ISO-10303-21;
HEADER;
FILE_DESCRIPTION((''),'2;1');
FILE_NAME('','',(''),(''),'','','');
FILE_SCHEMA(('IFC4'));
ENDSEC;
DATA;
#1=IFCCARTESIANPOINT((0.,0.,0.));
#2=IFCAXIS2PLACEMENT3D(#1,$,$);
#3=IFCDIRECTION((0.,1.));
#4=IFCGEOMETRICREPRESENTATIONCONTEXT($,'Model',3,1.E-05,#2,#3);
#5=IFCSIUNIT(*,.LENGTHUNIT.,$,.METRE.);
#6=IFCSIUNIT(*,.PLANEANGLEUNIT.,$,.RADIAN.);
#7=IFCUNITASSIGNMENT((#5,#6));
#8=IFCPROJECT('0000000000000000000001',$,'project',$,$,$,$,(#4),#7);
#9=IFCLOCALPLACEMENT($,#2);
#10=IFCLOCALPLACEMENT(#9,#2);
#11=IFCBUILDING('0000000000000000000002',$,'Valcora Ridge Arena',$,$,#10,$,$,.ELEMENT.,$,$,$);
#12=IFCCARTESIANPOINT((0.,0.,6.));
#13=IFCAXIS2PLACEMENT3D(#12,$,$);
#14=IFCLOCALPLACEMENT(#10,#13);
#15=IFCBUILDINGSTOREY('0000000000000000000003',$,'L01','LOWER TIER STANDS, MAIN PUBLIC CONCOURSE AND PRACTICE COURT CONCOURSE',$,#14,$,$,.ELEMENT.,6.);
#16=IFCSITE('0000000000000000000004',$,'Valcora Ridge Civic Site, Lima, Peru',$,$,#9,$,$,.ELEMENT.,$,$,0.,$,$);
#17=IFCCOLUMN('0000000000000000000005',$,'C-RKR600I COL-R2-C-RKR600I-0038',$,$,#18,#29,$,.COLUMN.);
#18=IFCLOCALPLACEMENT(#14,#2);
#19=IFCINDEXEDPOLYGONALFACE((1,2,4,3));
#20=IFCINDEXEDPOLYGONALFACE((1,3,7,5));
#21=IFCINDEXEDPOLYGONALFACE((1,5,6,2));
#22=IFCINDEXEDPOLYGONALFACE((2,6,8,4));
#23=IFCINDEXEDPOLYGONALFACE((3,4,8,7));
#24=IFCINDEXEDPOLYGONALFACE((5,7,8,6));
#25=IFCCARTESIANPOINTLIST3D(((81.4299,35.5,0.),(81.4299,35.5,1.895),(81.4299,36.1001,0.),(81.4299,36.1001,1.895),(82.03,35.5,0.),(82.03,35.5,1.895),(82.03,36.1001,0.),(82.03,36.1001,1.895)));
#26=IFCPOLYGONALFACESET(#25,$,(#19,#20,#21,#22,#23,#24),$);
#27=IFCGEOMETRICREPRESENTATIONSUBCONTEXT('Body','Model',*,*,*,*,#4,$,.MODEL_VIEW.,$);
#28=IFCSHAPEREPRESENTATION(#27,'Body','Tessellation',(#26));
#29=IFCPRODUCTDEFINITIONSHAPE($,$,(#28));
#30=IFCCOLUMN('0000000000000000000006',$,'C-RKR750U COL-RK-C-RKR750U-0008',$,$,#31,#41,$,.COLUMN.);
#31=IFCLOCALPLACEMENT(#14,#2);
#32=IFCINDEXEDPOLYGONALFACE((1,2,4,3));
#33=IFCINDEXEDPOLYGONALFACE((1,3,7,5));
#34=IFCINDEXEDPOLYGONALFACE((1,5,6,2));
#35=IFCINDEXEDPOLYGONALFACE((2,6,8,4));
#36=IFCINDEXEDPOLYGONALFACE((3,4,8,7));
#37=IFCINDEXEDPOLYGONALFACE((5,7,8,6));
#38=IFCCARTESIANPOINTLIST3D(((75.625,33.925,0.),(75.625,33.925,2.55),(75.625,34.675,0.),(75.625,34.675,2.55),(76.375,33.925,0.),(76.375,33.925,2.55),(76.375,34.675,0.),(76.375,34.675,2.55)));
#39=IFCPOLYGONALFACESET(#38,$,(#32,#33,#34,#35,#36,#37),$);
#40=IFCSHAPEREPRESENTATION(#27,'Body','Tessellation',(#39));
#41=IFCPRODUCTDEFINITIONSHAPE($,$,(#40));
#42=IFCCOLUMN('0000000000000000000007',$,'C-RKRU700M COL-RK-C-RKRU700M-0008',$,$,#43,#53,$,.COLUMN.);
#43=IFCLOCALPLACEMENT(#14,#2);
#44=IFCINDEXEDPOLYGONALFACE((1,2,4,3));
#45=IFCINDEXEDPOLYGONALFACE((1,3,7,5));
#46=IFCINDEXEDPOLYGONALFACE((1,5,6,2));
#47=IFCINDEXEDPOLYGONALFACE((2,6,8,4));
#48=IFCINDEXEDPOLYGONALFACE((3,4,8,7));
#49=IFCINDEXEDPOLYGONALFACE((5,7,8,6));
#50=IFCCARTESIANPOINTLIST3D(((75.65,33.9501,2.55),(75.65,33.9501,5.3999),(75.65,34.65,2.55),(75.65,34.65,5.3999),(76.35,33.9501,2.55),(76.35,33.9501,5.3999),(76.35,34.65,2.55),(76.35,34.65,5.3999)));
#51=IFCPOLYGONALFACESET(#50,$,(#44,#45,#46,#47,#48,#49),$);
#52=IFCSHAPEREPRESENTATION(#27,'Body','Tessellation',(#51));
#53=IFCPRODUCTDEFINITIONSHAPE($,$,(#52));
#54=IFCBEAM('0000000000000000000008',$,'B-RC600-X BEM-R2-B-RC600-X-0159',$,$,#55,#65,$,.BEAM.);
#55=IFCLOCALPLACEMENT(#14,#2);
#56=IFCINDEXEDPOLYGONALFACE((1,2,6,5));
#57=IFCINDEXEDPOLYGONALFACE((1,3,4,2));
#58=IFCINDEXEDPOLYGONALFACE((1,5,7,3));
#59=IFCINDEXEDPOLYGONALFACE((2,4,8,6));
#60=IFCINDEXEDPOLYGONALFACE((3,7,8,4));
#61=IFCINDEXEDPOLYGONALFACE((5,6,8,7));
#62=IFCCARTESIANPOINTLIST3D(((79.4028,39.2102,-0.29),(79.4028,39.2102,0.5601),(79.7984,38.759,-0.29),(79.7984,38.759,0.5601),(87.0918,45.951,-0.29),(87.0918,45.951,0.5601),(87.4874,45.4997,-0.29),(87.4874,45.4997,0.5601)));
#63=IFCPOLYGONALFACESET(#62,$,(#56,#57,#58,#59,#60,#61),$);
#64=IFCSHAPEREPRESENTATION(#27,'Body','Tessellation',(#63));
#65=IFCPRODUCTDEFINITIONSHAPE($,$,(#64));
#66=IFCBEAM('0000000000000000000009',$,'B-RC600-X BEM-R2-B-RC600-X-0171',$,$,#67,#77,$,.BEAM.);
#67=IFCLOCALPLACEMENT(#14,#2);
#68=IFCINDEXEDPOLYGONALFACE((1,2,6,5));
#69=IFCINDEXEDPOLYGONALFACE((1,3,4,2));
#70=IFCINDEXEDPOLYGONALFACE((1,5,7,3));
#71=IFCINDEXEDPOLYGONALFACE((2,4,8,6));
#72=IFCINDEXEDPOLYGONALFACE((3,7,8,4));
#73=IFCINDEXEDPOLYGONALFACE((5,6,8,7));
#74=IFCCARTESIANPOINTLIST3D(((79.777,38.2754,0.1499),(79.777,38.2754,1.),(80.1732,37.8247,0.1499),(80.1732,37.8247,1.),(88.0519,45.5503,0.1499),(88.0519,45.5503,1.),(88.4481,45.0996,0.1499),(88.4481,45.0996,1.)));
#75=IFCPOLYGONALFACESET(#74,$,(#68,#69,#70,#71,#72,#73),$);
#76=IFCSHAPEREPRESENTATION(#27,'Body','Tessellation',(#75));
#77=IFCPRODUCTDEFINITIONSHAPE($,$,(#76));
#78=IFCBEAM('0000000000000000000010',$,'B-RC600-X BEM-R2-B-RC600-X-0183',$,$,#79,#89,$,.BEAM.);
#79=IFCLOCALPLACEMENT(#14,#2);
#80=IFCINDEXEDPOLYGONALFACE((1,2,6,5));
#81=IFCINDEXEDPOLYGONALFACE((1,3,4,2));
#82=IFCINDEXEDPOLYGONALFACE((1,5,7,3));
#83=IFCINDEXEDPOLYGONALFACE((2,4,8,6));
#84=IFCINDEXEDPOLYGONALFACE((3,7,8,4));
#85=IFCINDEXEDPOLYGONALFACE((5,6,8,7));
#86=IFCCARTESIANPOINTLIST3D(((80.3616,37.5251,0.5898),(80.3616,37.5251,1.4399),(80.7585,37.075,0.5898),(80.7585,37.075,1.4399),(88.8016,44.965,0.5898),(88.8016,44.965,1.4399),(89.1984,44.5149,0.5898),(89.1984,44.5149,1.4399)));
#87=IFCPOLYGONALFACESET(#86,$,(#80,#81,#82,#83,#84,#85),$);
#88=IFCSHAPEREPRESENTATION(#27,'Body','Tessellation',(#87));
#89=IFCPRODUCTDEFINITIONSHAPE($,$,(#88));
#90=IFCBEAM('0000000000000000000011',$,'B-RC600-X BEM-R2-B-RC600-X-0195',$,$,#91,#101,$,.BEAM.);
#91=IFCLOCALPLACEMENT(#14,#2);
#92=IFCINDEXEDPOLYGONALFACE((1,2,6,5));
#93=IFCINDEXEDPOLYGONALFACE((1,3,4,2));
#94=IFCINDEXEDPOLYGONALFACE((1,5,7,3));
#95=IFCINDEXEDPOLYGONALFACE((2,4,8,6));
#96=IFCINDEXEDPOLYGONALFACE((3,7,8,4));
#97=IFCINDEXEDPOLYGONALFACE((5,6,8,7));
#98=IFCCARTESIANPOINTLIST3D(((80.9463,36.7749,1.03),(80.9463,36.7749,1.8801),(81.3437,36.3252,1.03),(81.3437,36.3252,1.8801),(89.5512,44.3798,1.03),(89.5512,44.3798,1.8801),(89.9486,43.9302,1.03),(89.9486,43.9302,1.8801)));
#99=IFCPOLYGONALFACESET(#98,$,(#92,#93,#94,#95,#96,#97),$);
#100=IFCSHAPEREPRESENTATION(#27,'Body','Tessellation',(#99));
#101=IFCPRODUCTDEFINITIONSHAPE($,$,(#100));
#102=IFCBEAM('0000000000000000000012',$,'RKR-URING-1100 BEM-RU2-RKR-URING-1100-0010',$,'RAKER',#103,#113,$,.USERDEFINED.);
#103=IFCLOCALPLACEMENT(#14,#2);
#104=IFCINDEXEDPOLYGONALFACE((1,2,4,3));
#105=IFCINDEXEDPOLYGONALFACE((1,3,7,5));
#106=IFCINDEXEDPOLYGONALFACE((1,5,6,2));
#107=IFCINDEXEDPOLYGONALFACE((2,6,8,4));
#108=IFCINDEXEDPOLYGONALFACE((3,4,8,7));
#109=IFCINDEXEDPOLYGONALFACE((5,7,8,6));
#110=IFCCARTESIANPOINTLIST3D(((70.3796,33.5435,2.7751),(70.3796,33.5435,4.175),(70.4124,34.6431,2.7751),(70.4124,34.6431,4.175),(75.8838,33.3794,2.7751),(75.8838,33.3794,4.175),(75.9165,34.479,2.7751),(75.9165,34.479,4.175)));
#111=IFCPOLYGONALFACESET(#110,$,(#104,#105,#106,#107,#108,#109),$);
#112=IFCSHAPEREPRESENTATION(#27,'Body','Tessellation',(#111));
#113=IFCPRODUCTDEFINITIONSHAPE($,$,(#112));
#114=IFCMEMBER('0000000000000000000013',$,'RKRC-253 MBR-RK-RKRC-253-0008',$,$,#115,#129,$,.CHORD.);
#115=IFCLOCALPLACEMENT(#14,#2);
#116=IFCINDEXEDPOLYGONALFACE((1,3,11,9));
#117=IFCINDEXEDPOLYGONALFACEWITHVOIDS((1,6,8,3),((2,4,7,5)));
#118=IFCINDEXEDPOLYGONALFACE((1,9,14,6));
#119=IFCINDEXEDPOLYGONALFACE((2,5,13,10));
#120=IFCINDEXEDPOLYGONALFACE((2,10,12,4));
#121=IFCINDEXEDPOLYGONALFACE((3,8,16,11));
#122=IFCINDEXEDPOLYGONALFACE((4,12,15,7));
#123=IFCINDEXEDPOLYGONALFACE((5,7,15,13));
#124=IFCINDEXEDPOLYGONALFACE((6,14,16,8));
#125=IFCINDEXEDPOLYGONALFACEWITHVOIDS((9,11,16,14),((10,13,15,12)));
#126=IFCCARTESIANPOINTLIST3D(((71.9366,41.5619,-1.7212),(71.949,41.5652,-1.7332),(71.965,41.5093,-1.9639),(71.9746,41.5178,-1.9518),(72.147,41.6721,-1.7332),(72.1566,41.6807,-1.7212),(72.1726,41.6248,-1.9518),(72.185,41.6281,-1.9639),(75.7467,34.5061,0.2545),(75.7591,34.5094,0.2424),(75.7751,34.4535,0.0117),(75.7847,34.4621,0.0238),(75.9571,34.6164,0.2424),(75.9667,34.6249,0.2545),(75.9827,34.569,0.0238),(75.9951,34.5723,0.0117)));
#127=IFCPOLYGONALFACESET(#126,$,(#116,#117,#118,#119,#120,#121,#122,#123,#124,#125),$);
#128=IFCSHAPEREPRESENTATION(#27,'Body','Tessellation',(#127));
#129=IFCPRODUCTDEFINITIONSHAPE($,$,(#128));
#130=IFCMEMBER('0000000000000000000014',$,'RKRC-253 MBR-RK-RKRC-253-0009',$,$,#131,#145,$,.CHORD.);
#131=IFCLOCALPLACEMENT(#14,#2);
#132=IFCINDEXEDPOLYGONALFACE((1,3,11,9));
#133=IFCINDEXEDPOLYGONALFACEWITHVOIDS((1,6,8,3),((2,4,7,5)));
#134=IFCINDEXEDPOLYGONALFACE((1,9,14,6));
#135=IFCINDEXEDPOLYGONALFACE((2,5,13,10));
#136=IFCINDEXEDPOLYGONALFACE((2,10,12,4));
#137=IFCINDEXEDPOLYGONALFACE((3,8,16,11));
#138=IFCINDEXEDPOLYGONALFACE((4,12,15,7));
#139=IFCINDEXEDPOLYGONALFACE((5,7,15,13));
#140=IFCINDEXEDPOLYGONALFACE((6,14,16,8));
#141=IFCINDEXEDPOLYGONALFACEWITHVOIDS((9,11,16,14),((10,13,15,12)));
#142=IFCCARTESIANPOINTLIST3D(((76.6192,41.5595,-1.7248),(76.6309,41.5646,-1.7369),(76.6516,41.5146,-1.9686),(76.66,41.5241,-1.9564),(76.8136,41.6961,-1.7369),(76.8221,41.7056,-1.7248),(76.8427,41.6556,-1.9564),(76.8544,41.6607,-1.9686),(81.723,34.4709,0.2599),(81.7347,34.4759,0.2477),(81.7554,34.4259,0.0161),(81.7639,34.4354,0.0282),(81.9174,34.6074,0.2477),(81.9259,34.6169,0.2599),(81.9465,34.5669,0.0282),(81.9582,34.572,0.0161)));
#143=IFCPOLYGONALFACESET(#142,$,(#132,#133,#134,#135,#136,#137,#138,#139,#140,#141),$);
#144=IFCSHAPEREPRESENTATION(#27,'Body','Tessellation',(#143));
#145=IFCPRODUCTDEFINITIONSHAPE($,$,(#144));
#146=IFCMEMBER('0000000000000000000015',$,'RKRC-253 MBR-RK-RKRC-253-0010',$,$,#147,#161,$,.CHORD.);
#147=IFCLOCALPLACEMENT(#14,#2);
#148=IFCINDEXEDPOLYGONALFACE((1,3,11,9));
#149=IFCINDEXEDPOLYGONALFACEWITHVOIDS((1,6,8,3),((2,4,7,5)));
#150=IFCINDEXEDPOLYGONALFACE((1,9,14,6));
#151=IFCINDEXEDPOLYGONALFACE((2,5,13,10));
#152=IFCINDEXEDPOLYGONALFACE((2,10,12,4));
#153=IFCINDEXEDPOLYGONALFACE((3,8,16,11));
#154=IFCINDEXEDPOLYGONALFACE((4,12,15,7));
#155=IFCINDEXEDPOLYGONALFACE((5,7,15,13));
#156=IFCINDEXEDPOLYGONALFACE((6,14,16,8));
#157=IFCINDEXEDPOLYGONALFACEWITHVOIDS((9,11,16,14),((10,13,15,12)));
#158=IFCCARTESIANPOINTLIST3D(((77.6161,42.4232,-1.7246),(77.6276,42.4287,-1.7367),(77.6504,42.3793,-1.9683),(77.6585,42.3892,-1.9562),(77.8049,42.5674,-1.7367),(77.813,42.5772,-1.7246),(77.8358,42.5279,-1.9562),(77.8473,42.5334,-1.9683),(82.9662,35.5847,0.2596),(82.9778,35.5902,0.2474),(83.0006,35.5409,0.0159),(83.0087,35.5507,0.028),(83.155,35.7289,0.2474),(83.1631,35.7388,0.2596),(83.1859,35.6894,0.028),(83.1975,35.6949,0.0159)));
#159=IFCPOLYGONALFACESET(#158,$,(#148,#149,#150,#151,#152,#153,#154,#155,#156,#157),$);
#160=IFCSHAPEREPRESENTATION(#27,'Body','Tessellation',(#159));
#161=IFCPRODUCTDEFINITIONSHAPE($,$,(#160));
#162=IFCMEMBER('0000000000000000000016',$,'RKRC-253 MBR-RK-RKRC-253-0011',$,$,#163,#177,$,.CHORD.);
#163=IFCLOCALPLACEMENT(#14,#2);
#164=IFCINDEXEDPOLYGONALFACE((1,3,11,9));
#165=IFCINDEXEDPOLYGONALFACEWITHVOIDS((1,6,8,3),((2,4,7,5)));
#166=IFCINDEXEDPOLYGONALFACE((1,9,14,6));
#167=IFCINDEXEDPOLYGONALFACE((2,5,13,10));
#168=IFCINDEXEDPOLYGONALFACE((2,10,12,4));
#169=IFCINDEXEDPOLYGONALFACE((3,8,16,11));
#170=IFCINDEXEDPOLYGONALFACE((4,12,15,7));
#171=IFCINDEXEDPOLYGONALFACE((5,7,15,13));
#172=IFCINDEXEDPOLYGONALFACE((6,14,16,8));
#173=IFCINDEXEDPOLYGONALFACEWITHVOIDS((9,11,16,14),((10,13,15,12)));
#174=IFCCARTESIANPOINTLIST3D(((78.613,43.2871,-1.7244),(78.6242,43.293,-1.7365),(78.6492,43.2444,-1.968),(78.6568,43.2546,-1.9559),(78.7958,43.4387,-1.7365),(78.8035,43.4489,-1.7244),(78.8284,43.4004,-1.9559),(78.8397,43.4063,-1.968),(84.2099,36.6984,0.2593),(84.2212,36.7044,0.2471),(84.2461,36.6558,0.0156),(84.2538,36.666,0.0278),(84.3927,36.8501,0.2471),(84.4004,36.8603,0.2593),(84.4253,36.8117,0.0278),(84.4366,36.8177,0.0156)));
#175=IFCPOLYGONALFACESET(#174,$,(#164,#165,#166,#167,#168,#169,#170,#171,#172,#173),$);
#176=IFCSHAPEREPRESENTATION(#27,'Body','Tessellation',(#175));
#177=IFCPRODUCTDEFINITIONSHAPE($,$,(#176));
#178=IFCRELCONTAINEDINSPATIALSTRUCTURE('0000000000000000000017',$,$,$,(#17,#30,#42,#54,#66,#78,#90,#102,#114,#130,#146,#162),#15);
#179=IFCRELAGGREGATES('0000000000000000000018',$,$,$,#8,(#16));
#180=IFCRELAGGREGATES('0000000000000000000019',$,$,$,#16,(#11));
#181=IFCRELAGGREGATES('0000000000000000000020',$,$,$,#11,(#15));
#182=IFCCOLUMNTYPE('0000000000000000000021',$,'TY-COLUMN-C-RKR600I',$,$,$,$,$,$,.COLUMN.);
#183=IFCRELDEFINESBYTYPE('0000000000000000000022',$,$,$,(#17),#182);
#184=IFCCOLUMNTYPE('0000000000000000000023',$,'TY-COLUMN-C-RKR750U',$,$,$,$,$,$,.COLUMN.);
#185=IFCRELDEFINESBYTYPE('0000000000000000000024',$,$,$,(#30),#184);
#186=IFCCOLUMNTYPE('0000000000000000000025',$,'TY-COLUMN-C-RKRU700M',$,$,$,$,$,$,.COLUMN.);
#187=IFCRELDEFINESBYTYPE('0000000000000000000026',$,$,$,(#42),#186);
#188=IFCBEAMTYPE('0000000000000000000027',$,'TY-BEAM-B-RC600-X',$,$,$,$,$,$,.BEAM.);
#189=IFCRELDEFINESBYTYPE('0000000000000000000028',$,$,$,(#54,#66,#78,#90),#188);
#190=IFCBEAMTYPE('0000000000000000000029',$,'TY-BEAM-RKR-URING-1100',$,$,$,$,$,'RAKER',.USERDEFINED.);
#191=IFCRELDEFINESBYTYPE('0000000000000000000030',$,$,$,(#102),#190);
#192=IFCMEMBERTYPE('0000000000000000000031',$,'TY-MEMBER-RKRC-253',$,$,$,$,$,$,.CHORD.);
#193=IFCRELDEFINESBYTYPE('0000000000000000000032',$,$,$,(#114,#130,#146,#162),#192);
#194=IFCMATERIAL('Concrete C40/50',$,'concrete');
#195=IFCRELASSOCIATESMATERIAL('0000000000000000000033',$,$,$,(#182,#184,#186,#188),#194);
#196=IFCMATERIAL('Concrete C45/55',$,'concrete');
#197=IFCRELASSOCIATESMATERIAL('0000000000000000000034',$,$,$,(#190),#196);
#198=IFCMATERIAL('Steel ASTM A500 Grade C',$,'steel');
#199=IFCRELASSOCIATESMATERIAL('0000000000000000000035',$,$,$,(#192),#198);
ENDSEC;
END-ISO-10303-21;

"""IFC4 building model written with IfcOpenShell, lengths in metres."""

from ifc_helpers import new_model, si_unit, direction, frame, origin, origin_2d, place, context, subcontext, project, spatial, rectangle, hollow_rectangle, extrude, material, material_profile, profile_set, type_object, element, save


model = new_model("IFC4")

# Units and contexts
model_context = context("Model", 3, precision=1e-05, world=origin(), true_north=direction((0.0, 1.0)))
body_context = subcontext(model_context, "Body", "Model", "MODEL_VIEW")
ifc_project = project(units=[si_unit("LENGTHUNIT", "METRE"), si_unit("PLANEANGLEUNIT", "RADIAN")], contexts=[model_context])

# Site, building, storey
site_placement = place(None, origin())
site = spatial("IfcSite", under=ifc_project, at=site_placement, Name="Valcora Ridge Civic Site, Lima, Peru", CompositionType="ELEMENT", RefElevation=0.0)
building_placement = place(site_placement, origin())
building = spatial("IfcBuilding", under=site, at=building_placement, Name="Valcora Ridge Arena", CompositionType="ELEMENT")
storey_placement = place(building_placement, frame((0.0, 0.0, 6.0)))
storey = spatial("IfcBuildingStorey", under=building, at=storey_placement, Name="L01", Description="LOWER TIER STANDS, MAIN PUBLIC CONCOURSE AND PRACTICE COURT CONCOURSE", CompositionType="ELEMENT", Elevation=6.0)

# Columns
ifc_material_1 = material(Name="Concrete C40/50", Category="concrete")
ifc_material_profile_1 = material_profile(ifc_material_1, rectangle(XDim=0.6001, YDim=0.6001, at=origin_2d()), Name="RC 600x600")
ifc_profile_set_1 = profile_set([ifc_material_profile_1], Name="Concrete C40/50")
column_type_1 = type_object("IfcColumnType", Name="TY-COLUMN-C-RKR600I", PredefinedType="COLUMN", material=ifc_profile_set_1)
column_1_placement = place(storey_placement, frame((81.73, 35.8, 0.0), z_axis=(0.0, 0.0, 1.0), x_axis=(1.0, 0.0, 0.0)))
element("IfcColumn", 1, at=column_1_placement, inside=storey, type_object=column_type_1, Name="C-RKR600I COL-R2-C-RKR600I-0038", PredefinedType="COLUMN", context=body_context, shape_type="SweptSolid", body=[
    extrude(rectangle(XDim=0.6001, YDim=0.6001, at=origin_2d()), origin(), (0.0, 0.0, 1.0), 1.895),
])
ifc_material_profile_2 = material_profile(ifc_material_1, rectangle(XDim=0.75, YDim=0.75, at=origin_2d()), Name="RC 750x750")
ifc_profile_set_2 = profile_set([ifc_material_profile_2], Name="Concrete C40/50")
column_type_2 = type_object("IfcColumnType", Name="TY-COLUMN-C-RKR750U", PredefinedType="COLUMN", material=ifc_profile_set_2)
column_2_placement = place(storey_placement, frame((76.0, 34.3, 0.0), z_axis=(0.0, 0.0, 1.0), x_axis=(1.0, 0.0, 0.0)))
element("IfcColumn", 2, at=column_2_placement, inside=storey, type_object=column_type_2, Name="C-RKR750U COL-RK-C-RKR750U-0008", PredefinedType="COLUMN", context=body_context, shape_type="SweptSolid", body=[
    extrude(rectangle(XDim=0.75, YDim=0.75, at=origin_2d()), origin(), (0.0, 0.0, 1.0), 2.55),
])
ifc_material_profile_3 = material_profile(ifc_material_1, rectangle(XDim=0.7, YDim=0.7, at=origin_2d()), Name="RC 700x700")
ifc_profile_set_3 = profile_set([ifc_material_profile_3], Name="Concrete C40/50")
column_type_3 = type_object("IfcColumnType", Name="TY-COLUMN-C-RKRU700M", PredefinedType="COLUMN", material=ifc_profile_set_3)
column_3_placement = place(storey_placement, frame((76.0, 34.3, 2.55), z_axis=(0.0, 0.0, 1.0), x_axis=(1.0, 0.0, 0.0)))
element("IfcColumn", 3, at=column_3_placement, inside=storey, type_object=column_type_3, Name="C-RKRU700M COL-RK-C-RKRU700M-0008", PredefinedType="COLUMN", context=body_context, shape_type="SweptSolid", body=[
    extrude(rectangle(XDim=0.7, YDim=0.7, at=origin_2d()), origin(), (0.0, 0.0, 1.0), 2.8499),
])

# Beams
ifc_material_profile_4 = material_profile(ifc_material_1, rectangle(XDim=0.6001, YDim=0.8501, at=origin_2d()), Name="RC 600x850")
ifc_profile_set_4 = profile_set([ifc_material_profile_4], Name="Concrete C40/50")
beam_type_1 = type_object("IfcBeamType", Name="TY-BEAM-B-RC600-X", PredefinedType="BEAM", material=ifc_profile_set_4)
beam_1_placement = place(storey_placement, frame((79.6006, 38.9846, 0.135), z_axis=(0.751952, 0.659218, 0.0), x_axis=(-0.659218, 0.751952, 0.0)))
element("IfcBeam", 4, at=beam_1_placement, inside=storey, type_object=beam_type_1, Name="B-RC600-X BEM-R2-B-RC600-X-0159", PredefinedType="BEAM", context=body_context, shape_type="SweptSolid", body=[
    extrude(rectangle(XDim=0.6001, YDim=0.8501, at=origin_2d()), origin(), (0.0, 0.0, 1.0), 10.2253),
])
beam_2_placement = place(storey_placement, frame((79.9751, 38.05, 0.575), z_axis=(0.751029, 0.660269, 0.0), x_axis=(-0.660269, 0.751029, 0.0)))
element("IfcBeam", 5, at=beam_2_placement, inside=storey, type_object=beam_type_1, Name="B-RC600-X BEM-R2-B-RC600-X-0171", PredefinedType="BEAM", context=body_context, shape_type="SweptSolid", body=[
    extrude(rectangle(XDim=0.6001, YDim=0.8501, at=origin_2d()), origin(), (0.0, 0.0, 1.0), 11.0181),
])
beam_3_placement = place(storey_placement, frame((80.5601, 37.3, 1.0149), z_axis=(0.750149, 0.661268, 0.0), x_axis=(-0.661268, 0.750149, 0.0)))
element("IfcBeam", 6, at=beam_3_placement, inside=storey, type_object=beam_type_1, Name="B-RC600-X BEM-R2-B-RC600-X-0183", PredefinedType="BEAM", context=body_context, shape_type="SweptSolid", body=[
    extrude(rectangle(XDim=0.6001, YDim=0.8501, at=origin_2d()), origin(), (0.0, 0.0, 1.0), 11.251),
])
beam_4_placement = place(storey_placement, frame((81.145, 36.55, 1.4551), z_axis=(0.749304, 0.662226, 0.0), x_axis=(-0.662226, 0.749304, 0.0)))
element("IfcBeam", 7, at=beam_4_placement, inside=storey, type_object=beam_type_1, Name="B-RC600-X BEM-R2-B-RC600-X-0195", PredefinedType="BEAM", context=body_context, shape_type="SweptSolid", body=[
    extrude(rectangle(XDim=0.6001, YDim=0.8501, at=origin_2d()), origin(), (0.0, 0.0, 1.0), 11.4839),
])
ifc_material_2 = material(Name="Concrete C45/55", Category="concrete")
ifc_material_profile_5 = material_profile(ifc_material_2, rectangle(XDim=1.1001, YDim=1.3999, at=origin_2d()), Name="RC 1100x1400")
ifc_profile_set_5 = profile_set([ifc_material_profile_5], Name="Concrete C45/55")
beam_type_2 = type_object("IfcBeamType", Name="TY-BEAM-RKR-URING-1100", ElementType="RAKER", PredefinedType="USERDEFINED", material=ifc_profile_set_5)
beam_5_placement = place(storey_placement, frame((70.396, 34.0933, 3.4751), z_axis=(0.999556, -0.029794, 0.0), x_axis=(0.029794, 0.999556, 0.0)))
element("IfcBeam", 8, at=beam_5_placement, inside=storey, type_object=beam_type_2, Name="RKR-URING-1100 BEM-RU2-RKR-URING-1100-0010", ObjectType="RAKER", PredefinedType="USERDEFINED", context=body_context, shape_type="SweptSolid", body=[
    extrude(rectangle(XDim=1.1001, YDim=1.3999, at=origin_2d()), origin(), (0.0, 0.0, 1.0), 5.5066),
])

# Members
ifc_material_3 = material(Name="Steel ASTM A500 Grade C", Category="steel")
ifc_material_profile_6 = material_profile(ifc_material_3, hollow_rectangle(XDim=0.25, YDim=0.25, WallThickness=0.0125, at=origin_2d()), Name="HSS250X250X12")
ifc_profile_set_6 = profile_set([ifc_material_profile_6], Name="Steel ASTM A500 Grade C")
member_type_1 = type_object("IfcMemberType", Name="TY-MEMBER-RKRC-253", PredefinedType="CHORD", material=ifc_profile_set_6)
member_1_placement = place(storey_placement, frame((72.0608, 41.595, -1.8425), z_axis=(0.461353, -0.854358, 0.23922), x_axis=(0.879905, 0.475149, 0.0)))
element("IfcMember", 9, at=member_1_placement, inside=storey, type_object=member_type_1, Name="RKRC-253 MBR-RK-RKRC-253-0008", PredefinedType="CHORD", context=body_context, shape_type="SweptSolid", body=[
    extrude(hollow_rectangle(XDim=0.25, YDim=0.25, WallThickness=0.0125, at=origin_2d()), origin(), (0.0, 0.0, 1.0), 8.2585),
])
member_2_placement = place(storey_placement, frame((76.7368, 41.6101, -1.8467), z_axis=(0.569779, -0.791367, 0.221561), x_axis=(0.811537, 0.584301, 0.0)))
element("IfcMember", 10, at=member_2_placement, inside=storey, type_object=member_type_1, Name="RKRC-253 MBR-RK-RKRC-253-0009", PredefinedType="CHORD", context=body_context, shape_type="SweptSolid", body=[
    extrude(hollow_rectangle(XDim=0.25, YDim=0.25, WallThickness=0.0125, at=origin_2d()), origin(), (0.0, 0.0, 1.0), 8.9575),
])
member_3_placement = place(storey_placement, frame((77.7317, 42.4783, -1.8464), z_axis=(0.600703, -0.767806, 0.222776), x_axis=(0.787599, 0.616188, 0.0)))
element("IfcMember", 11, at=member_3_placement, inside=storey, type_object=member_type_1, Name="RKRC-253 MBR-RK-RKRC-253-0010", PredefinedType="CHORD", context=body_context, shape_type="SweptSolid", body=[
    extrude(hollow_rectangle(XDim=0.25, YDim=0.25, WallThickness=0.0125, at=origin_2d()), origin(), (0.0, 0.0, 1.0), 8.9065),
])
member_4_placement = place(storey_placement, frame((78.7263, 43.3467, -1.8462), z_axis=(0.631021, -0.742829, 0.223644), x_axis=(0.762134, 0.64742, 0.0)))
element("IfcMember", 12, at=member_4_placement, inside=storey, type_object=member_type_1, Name="RKRC-253 MBR-RK-RKRC-253-0011", PredefinedType="CHORD", context=body_context, shape_type="SweptSolid", body=[
    extrude(hollow_rectangle(XDim=0.25, YDim=0.25, WallThickness=0.0125, at=origin_2d()), origin(), (0.0, 0.0, 1.0), 8.8696),
])

save(model, "model.ifc")
